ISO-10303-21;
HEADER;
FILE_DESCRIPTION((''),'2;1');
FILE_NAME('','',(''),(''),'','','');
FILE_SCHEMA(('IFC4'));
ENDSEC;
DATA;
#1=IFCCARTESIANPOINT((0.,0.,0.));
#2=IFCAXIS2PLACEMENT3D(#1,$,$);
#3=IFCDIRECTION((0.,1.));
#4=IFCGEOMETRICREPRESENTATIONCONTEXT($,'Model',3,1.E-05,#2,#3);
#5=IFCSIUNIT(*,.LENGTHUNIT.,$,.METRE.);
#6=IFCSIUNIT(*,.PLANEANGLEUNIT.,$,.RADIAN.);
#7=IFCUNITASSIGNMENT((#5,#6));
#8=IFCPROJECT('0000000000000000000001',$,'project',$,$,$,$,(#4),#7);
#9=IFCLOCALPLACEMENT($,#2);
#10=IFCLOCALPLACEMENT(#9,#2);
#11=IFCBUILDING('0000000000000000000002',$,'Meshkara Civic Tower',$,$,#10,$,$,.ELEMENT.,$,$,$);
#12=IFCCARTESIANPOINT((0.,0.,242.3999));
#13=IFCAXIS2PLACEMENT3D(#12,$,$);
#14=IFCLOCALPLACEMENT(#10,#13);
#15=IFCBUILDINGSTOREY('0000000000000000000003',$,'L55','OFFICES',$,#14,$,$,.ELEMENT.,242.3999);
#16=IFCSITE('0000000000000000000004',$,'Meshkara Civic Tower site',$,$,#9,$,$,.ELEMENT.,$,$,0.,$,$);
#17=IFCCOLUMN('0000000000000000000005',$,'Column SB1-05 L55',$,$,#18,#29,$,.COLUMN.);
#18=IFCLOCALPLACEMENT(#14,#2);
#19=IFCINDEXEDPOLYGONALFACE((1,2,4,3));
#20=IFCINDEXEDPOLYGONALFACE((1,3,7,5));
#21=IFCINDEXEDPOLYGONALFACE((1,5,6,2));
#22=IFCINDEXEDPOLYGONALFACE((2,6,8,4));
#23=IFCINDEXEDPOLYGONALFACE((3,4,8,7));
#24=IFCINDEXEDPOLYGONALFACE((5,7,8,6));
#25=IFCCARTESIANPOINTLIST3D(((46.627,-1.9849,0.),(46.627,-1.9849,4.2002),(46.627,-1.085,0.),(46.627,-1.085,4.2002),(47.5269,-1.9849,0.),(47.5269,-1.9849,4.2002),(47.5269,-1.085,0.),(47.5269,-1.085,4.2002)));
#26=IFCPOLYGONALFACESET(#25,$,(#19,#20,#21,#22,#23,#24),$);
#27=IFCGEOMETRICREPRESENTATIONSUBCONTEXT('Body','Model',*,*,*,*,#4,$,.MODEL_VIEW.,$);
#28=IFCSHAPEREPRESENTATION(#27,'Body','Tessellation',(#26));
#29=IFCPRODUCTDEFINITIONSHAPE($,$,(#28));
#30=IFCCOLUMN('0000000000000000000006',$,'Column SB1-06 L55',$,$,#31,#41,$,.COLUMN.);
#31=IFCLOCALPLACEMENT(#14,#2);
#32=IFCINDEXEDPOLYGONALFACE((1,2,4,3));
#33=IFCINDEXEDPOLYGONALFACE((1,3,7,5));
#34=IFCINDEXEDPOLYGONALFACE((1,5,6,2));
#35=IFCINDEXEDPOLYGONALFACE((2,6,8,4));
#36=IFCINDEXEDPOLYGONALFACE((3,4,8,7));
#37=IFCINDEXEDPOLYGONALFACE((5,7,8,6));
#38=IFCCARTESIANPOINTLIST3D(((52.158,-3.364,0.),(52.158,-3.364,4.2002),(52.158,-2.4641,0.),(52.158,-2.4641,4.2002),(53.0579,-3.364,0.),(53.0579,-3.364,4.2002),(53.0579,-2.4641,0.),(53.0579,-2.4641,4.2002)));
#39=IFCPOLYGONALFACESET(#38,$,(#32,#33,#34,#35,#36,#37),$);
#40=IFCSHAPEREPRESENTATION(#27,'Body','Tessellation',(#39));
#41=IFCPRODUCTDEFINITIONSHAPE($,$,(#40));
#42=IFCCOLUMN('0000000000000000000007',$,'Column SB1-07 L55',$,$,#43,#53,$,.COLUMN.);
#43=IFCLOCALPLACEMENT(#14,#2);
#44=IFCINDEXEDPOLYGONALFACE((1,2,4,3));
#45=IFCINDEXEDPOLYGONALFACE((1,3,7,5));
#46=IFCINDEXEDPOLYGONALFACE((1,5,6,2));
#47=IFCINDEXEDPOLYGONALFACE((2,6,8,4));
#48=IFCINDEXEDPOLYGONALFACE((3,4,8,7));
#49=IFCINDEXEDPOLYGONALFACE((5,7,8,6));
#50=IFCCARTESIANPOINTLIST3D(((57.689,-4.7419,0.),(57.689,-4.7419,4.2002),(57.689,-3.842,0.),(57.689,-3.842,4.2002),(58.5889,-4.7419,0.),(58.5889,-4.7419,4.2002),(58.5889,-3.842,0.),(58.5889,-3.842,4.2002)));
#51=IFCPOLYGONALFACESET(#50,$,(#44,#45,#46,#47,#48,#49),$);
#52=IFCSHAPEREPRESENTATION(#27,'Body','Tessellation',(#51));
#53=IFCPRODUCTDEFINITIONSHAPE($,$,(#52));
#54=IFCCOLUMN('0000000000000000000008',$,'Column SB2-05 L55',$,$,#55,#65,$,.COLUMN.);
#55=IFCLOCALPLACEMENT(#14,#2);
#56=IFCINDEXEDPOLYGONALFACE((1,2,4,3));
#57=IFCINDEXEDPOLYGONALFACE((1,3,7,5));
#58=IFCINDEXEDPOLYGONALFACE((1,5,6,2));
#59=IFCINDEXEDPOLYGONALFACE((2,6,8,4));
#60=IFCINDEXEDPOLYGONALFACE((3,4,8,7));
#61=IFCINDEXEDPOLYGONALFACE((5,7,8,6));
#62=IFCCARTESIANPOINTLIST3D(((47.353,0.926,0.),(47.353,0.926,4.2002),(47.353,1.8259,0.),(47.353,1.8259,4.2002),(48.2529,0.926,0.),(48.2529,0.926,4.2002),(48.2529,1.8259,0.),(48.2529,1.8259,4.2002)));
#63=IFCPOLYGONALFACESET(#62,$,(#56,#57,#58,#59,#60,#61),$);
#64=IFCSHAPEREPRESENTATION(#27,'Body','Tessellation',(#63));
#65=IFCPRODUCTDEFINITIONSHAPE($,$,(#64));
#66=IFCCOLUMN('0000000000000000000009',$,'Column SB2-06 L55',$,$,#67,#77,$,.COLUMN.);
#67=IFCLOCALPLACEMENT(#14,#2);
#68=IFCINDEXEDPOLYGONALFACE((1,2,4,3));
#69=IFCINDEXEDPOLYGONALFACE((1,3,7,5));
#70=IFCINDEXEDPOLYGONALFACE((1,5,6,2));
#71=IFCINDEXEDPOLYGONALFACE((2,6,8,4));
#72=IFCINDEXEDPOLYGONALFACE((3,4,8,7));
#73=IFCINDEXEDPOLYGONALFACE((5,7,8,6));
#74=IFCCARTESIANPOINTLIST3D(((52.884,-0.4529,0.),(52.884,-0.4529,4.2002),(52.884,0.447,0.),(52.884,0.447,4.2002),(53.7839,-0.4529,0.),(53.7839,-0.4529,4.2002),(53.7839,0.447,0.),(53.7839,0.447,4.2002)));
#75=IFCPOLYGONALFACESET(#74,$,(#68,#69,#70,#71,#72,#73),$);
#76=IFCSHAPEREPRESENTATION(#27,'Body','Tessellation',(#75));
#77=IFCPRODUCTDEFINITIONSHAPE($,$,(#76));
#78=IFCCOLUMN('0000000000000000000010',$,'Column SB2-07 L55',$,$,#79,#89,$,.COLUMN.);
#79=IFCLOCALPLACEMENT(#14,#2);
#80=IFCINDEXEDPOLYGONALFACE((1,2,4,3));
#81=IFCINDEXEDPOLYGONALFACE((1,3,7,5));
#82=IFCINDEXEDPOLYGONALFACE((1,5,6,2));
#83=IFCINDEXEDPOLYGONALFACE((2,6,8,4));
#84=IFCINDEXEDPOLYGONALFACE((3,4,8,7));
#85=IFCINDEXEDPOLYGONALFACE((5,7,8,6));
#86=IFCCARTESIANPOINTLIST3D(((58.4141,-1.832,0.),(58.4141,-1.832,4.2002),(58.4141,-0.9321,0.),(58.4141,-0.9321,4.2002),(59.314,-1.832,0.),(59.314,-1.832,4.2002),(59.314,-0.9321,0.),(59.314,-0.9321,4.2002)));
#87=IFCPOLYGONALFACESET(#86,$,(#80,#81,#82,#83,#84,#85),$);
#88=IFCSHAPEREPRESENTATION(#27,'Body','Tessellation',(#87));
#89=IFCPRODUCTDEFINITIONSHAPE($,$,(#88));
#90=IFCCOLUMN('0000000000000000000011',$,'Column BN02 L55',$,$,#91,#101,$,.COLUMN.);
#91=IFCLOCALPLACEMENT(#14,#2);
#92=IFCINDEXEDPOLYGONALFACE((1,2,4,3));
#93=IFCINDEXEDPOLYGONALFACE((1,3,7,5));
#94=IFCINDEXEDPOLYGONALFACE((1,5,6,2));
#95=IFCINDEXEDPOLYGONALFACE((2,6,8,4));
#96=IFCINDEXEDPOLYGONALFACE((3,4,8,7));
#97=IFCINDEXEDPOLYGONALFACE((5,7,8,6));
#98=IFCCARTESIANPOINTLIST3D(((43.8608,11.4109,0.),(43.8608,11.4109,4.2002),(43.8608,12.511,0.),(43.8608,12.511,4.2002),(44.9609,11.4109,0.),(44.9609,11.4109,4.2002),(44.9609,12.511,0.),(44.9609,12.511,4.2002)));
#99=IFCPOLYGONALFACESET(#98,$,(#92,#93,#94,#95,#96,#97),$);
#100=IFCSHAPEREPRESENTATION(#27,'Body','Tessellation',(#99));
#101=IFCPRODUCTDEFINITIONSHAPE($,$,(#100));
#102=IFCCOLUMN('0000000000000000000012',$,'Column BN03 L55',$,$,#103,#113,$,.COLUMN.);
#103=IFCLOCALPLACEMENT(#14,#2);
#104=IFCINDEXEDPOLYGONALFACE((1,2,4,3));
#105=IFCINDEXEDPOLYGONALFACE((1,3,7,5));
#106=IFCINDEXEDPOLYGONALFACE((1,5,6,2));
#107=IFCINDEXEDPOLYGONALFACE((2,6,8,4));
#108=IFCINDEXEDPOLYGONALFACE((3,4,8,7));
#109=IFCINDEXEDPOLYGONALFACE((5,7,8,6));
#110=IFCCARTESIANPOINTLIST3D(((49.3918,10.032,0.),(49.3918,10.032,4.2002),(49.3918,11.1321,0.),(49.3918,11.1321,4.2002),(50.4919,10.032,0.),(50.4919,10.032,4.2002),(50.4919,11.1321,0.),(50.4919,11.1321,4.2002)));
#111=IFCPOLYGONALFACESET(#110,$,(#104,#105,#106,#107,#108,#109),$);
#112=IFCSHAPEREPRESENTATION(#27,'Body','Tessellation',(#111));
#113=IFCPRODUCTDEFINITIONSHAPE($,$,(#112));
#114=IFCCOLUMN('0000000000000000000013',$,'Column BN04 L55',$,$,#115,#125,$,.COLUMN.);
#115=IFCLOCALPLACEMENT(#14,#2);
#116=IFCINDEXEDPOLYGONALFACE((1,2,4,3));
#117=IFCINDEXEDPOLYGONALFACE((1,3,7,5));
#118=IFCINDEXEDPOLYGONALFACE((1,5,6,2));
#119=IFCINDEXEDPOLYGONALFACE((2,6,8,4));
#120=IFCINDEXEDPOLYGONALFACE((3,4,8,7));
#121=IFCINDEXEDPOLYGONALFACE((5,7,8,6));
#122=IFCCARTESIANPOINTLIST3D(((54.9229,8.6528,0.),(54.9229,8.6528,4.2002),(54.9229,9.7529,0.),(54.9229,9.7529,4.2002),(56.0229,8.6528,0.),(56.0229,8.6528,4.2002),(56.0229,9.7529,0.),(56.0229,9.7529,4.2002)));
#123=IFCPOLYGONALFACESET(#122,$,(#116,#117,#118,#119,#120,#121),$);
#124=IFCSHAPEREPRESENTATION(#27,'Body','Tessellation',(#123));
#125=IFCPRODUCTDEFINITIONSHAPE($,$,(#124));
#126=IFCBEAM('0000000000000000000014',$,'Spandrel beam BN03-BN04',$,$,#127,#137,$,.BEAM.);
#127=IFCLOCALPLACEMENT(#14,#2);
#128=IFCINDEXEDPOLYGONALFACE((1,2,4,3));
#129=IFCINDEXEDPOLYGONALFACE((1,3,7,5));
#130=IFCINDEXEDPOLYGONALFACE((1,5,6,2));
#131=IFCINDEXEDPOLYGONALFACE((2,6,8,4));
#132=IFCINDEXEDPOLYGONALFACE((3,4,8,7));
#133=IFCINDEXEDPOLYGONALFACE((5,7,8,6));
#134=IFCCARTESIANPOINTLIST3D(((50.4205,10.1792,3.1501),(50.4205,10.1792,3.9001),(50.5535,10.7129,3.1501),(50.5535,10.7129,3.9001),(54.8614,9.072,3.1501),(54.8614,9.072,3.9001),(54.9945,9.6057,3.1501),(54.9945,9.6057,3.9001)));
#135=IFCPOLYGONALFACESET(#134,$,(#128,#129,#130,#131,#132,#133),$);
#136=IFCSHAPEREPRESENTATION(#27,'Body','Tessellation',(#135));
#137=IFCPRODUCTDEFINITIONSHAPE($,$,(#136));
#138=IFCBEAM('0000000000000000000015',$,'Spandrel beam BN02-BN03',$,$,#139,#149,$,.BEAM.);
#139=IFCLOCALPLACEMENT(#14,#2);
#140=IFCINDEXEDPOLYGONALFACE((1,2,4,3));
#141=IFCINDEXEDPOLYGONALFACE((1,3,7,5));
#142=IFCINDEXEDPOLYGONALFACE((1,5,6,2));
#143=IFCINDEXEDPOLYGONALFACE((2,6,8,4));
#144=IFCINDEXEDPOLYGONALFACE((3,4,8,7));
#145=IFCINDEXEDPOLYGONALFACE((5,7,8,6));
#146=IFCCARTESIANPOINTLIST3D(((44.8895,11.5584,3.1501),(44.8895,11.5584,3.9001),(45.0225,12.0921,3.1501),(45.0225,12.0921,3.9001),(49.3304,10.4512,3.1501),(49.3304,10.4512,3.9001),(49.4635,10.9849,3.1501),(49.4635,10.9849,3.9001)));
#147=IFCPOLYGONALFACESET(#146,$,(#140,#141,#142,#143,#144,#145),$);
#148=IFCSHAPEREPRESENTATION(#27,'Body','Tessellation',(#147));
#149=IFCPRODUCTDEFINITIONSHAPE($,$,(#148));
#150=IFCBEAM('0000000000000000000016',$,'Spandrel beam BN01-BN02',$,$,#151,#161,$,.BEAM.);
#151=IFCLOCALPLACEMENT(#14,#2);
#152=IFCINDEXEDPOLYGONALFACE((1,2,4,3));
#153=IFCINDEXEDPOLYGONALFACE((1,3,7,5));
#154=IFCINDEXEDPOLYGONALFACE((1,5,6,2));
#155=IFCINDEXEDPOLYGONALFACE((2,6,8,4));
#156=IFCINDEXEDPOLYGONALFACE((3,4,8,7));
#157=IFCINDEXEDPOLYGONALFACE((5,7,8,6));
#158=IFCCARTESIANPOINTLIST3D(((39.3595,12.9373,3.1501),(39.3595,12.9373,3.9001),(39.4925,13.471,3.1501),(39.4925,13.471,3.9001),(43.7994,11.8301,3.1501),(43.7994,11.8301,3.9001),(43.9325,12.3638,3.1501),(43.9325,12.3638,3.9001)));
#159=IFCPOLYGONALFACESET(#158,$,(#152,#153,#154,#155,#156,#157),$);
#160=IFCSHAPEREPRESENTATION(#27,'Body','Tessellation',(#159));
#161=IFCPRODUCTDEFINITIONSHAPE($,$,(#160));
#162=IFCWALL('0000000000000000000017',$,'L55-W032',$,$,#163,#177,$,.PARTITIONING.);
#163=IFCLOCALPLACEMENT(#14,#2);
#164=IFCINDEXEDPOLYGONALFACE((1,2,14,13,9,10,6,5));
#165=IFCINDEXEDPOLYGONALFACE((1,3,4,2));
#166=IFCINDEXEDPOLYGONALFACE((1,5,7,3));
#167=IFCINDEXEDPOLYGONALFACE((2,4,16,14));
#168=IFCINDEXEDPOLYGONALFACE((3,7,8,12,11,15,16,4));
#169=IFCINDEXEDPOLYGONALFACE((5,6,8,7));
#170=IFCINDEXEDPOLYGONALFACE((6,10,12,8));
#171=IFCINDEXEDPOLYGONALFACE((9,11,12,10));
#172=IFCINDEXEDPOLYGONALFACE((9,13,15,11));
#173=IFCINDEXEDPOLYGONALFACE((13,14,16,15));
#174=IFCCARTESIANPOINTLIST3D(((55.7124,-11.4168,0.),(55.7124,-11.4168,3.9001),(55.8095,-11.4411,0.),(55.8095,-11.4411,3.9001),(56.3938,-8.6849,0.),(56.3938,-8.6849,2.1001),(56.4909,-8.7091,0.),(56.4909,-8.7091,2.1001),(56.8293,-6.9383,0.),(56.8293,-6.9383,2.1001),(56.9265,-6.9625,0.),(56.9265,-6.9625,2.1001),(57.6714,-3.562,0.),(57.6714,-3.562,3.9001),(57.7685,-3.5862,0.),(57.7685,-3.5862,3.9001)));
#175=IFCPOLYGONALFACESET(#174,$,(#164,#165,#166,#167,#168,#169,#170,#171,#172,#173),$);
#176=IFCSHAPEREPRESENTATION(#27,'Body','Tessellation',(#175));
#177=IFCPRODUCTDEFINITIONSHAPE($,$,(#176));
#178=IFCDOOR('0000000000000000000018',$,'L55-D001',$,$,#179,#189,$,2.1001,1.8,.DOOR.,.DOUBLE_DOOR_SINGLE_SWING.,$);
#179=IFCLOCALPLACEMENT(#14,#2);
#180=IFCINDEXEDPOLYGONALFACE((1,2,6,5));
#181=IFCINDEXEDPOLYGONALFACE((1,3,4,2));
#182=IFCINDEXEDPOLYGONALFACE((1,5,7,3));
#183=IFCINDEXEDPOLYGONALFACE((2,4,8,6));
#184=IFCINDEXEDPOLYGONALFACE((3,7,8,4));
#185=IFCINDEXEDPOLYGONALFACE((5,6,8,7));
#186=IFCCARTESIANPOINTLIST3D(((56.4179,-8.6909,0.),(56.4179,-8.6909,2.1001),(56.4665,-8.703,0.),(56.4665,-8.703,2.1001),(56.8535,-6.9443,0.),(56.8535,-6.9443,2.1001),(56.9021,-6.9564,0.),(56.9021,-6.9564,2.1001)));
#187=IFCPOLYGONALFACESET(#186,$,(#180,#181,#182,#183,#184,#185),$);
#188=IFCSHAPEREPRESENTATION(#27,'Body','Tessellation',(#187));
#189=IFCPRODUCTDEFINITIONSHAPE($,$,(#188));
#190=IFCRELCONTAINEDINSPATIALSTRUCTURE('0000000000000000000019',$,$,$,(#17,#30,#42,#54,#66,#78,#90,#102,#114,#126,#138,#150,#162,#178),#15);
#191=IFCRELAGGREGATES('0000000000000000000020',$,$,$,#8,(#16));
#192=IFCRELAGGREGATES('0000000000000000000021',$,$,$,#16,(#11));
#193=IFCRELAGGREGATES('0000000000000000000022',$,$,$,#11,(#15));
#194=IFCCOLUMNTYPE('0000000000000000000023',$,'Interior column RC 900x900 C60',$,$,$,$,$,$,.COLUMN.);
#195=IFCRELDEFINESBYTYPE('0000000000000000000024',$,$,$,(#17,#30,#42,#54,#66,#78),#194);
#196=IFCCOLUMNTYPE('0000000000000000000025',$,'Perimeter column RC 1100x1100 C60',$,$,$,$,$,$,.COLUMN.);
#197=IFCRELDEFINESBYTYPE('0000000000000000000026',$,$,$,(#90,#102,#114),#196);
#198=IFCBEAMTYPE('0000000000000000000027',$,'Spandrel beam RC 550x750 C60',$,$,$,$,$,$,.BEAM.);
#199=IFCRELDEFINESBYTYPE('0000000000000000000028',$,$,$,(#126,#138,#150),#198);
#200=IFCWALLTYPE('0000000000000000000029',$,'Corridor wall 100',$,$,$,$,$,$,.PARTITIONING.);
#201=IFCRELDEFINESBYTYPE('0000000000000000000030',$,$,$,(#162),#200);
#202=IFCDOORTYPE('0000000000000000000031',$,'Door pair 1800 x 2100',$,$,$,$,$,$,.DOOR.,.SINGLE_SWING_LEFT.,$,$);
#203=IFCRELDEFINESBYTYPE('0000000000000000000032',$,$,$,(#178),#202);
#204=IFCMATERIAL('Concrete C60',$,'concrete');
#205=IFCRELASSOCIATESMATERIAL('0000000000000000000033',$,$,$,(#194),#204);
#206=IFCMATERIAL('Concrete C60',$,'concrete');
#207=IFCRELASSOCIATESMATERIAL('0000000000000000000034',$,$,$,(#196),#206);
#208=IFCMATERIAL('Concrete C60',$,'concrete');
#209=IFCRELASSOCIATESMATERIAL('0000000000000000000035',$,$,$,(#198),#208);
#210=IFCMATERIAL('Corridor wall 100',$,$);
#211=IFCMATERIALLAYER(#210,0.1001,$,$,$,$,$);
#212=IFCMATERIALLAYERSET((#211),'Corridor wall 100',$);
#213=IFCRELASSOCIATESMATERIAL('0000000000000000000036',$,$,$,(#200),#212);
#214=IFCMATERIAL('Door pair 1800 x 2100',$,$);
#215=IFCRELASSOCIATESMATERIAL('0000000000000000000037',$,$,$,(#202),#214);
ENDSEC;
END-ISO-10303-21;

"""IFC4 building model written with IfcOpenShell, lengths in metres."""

from ifc_helpers import new_model, si_unit, direction, frame, frame_2d, origin, origin_2d, place, context, subcontext, project, spatial, rectangle, extrude, material, layer, layer_set, material_profile, profile_set, type_object, element, fill, save


model = new_model("IFC4")

# Units and contexts
model_context = context("Model", 3, precision=1e-05, world=origin(), true_north=direction((0.0, 1.0)))
body_context = subcontext(model_context, "Body", "Model", "MODEL_VIEW")
ifc_project = project(units=[si_unit("LENGTHUNIT", "METRE"), si_unit("PLANEANGLEUNIT", "RADIAN")], contexts=[model_context])

# Site, building, storey
site_placement = place(None, origin())
site = spatial("IfcSite", under=ifc_project, at=site_placement, Name="Meshkara Civic Tower site", CompositionType="ELEMENT", RefElevation=0.0)
building_placement = place(site_placement, origin())
building = spatial("IfcBuilding", under=site, at=building_placement, Name="Meshkara Civic Tower", CompositionType="ELEMENT")
storey_placement = place(building_placement, frame((0.0, 0.0, 242.3999)))
storey = spatial("IfcBuildingStorey", under=building, at=storey_placement, Name="L55", Description="OFFICES", CompositionType="ELEMENT", Elevation=242.3999)

# Columns
ifc_material_1 = material(Name="Concrete C60", Category="concrete")
ifc_material_profile_1 = material_profile(ifc_material_1, rectangle(XDim=0.8999, YDim=0.8999, at=origin_2d()))
ifc_profile_set_1 = profile_set([ifc_material_profile_1], Name="Concrete C60")
column_type_1 = type_object("IfcColumnType", Name="Interior column RC 900x900 C60", PredefinedType="COLUMN", material=ifc_profile_set_1)
for number, where, z_axis, x_axis, name in (
    (1, (47.0769, -1.5349, 0.0), (0.0, 0.0, 1.0), (1.0, 0.0, 0.0), "Column SB1-05 L55"),
    (2, (52.6079, -2.9141, 0.0), (0.0, 0.0, 1.0), (1.0, 0.0, 0.0), "Column SB1-06 L55"),
    (3, (58.1389, -4.292, 0.0), (0.0, 0.0, 1.0), (1.0, 0.0, 0.0), "Column SB1-07 L55"),
    (4, (47.803, 1.376, 0.0), (0.0, 0.0, 1.0), (1.0, 0.0, 0.0), "Column SB2-05 L55"),
    (5, (53.334, -0.0029, 0.0), (0.0, 0.0, 1.0), (1.0, 0.0, 0.0), "Column SB2-06 L55"),
    (6, (58.864, -1.3821, 0.0), (0.0, 0.0, 1.0), (1.0, 0.0, 0.0), "Column SB2-07 L55"),
):
    element("IfcColumn", number, at=place(storey_placement, frame(where, z_axis=z_axis, x_axis=x_axis)), inside=storey, type_object=column_type_1, Name=name, PredefinedType="COLUMN", context=body_context, shape_type="SweptSolid", body=[
        extrude(rectangle(XDim=0.8999, YDim=0.8999, at=origin_2d()), origin(), (0.0, 0.0, 1.0), 4.2002),
    ])
ifc_material_2 = material(Name="Concrete C60", Category="concrete")
ifc_material_profile_2 = material_profile(ifc_material_2, rectangle(XDim=1.1001, YDim=1.1001, at=origin_2d()))
ifc_profile_set_2 = profile_set([ifc_material_profile_2], Name="Concrete C60")
column_type_2 = type_object("IfcColumnType", Name="Perimeter column RC 1100x1100 C60", PredefinedType="COLUMN", material=ifc_profile_set_2)
for number, where, z_axis, x_axis, name in (
    (7, (44.4109, 11.9609, 0.0), (0.0, 0.0, 1.0), (1.0, 0.0, 0.0), "Column BN02 L55"),
    (8, (49.9419, 10.582, 0.0), (0.0, 0.0, 1.0), (1.0, 0.0, 0.0), "Column BN03 L55"),
    (9, (55.4729, 9.2029, 0.0), (0.0, 0.0, 1.0), (1.0, 0.0, 0.0), "Column BN04 L55"),
):
    element("IfcColumn", number, at=place(storey_placement, frame(where, z_axis=z_axis, x_axis=x_axis)), inside=storey, type_object=column_type_2, Name=name, PredefinedType="COLUMN", context=body_context, shape_type="SweptSolid", body=[
        extrude(rectangle(XDim=1.1001, YDim=1.1001, at=origin_2d()), origin(), (0.0, 0.0, 1.0), 4.2002),
    ])

# Beams
ifc_material_3 = material(Name="Concrete C60", Category="concrete")
ifc_material_profile_3 = material_profile(ifc_material_3, rectangle(XDim=0.55, YDim=0.75, at=origin_2d()))
ifc_profile_set_3 = profile_set([ifc_material_profile_3], Name="Concrete C60")
beam_type = type_object("IfcBeamType", Name="Spandrel beam RC 550x750 C60", PredefinedType="BEAM", material=ifc_profile_set_3)
for number, where, z_axis, x_axis, name in (
    (10, (54.928, 9.3389, 3.5251), (-0.970299, 0.241908, 0.0), (-0.241908, -0.970299, 0.0), "Spandrel beam BN03-BN04"),
    (11, (49.397, 10.718, 3.5251), (-0.970299, 0.241908, 0.0), (-0.241908, -0.970299, 0.0), "Spandrel beam BN02-BN03"),
):
    element("IfcBeam", number, at=place(storey_placement, frame(where, z_axis=z_axis, x_axis=x_axis)), inside=storey, type_object=beam_type, Name=name, PredefinedType="BEAM", context=body_context, shape_type="SweptSolid", body=[
        extrude(rectangle(XDim=0.55, YDim=0.75, at=origin_2d()), origin(), (0.0, 0.0, 1.0), 4.5769),
    ])
beam_placement = place(storey_placement, frame((43.866, 12.0969, 3.5251), z_axis=(-0.970287, 0.241958, 0.0), x_axis=(-0.241958, -0.970287, 0.0)))
element("IfcBeam", 12, at=beam_placement, inside=storey, type_object=beam_type, Name="Spandrel beam BN01-BN02", PredefinedType="BEAM", context=body_context, shape_type="SweptSolid", body=[
    extrude(rectangle(XDim=0.55, YDim=0.75, at=origin_2d()), origin(), (0.0, 0.0, 1.0), 4.5759),
])

# Wall, opening, door
ifc_material_4 = material(Name="Corridor wall 100")
ifc_layer_1 = layer(ifc_material_4, 0.1001)
ifc_layer_set_1 = layer_set([ifc_layer_1], Name="Corridor wall 100")
wall_type_1 = type_object("IfcWallType", Name="Corridor wall 100", PredefinedType="PARTITIONING", material=ifc_layer_set_1)
wall_1_placement = place(storey_placement, frame((57.72, -3.574, 0.0), z_axis=(0.0, 0.0, 1.0), x_axis=(-0.241982, -0.970281, 0.0)))
wall_1 = element("IfcWall", 13, at=wall_1_placement, inside=storey, type_object=wall_type_1, Name="L55-W032", PredefinedType="PARTITIONING", context=body_context, shape_type="SweptSolid", body=[
    extrude(rectangle(XDim=8.0955, YDim=0.1001, at=frame_2d((4.0479, 0.0))), origin(), (0.0, 0.0, 1.0), 3.9001),
])
opening_1_placement = place(wall_1_placement, frame((3.48, 0.0, 0.0)))
opening_1 = element("IfcOpeningElement", 14, at=opening_1_placement, cuts=wall_1, PredefinedType="OPENING", context=body_context, shape_type="SweptSolid", body=[
    extrude(rectangle(XDim=1.8, YDim=2.1001, at=frame_2d((0.8999, 1.05))), frame((0.0, 0.0601, 0.0), z_axis=(0.0, -1.0, 0.0), x_axis=(1.0, 0.0, 0.0)), (0.0, 0.0, 1.0), 0.1201),
])
ifc_material_5 = material(Name="Door pair 1800 x 2100")
door_type_1 = type_object("IfcDoorType", Name="Door pair 1800 x 2100", OperationType="SINGLE_SWING_LEFT", PredefinedType="DOOR", material=ifc_material_5)
door_1_placement = place(opening_1_placement, origin())
door_1 = element("IfcDoor", 15, at=door_1_placement, inside=storey, type_object=door_type_1, Name="L55-D001", OperationType="DOUBLE_DOOR_SINGLE_SWING", OverallHeight=2.1001, OverallWidth=1.8, PredefinedType="DOOR", context=body_context, shape_type="SweptSolid", body=[
    extrude(rectangle(XDim=1.8, YDim=2.1001, at=frame_2d((0.8999, 1.05))), frame((0.0, 0.0249, 0.0), z_axis=(0.0, -1.0, 0.0), x_axis=(1.0, 0.0, 0.0)), (0.0, 0.0, 1.0), 0.05),
])
fill(opening_1, door_1)

save(model, "model.ifc")
